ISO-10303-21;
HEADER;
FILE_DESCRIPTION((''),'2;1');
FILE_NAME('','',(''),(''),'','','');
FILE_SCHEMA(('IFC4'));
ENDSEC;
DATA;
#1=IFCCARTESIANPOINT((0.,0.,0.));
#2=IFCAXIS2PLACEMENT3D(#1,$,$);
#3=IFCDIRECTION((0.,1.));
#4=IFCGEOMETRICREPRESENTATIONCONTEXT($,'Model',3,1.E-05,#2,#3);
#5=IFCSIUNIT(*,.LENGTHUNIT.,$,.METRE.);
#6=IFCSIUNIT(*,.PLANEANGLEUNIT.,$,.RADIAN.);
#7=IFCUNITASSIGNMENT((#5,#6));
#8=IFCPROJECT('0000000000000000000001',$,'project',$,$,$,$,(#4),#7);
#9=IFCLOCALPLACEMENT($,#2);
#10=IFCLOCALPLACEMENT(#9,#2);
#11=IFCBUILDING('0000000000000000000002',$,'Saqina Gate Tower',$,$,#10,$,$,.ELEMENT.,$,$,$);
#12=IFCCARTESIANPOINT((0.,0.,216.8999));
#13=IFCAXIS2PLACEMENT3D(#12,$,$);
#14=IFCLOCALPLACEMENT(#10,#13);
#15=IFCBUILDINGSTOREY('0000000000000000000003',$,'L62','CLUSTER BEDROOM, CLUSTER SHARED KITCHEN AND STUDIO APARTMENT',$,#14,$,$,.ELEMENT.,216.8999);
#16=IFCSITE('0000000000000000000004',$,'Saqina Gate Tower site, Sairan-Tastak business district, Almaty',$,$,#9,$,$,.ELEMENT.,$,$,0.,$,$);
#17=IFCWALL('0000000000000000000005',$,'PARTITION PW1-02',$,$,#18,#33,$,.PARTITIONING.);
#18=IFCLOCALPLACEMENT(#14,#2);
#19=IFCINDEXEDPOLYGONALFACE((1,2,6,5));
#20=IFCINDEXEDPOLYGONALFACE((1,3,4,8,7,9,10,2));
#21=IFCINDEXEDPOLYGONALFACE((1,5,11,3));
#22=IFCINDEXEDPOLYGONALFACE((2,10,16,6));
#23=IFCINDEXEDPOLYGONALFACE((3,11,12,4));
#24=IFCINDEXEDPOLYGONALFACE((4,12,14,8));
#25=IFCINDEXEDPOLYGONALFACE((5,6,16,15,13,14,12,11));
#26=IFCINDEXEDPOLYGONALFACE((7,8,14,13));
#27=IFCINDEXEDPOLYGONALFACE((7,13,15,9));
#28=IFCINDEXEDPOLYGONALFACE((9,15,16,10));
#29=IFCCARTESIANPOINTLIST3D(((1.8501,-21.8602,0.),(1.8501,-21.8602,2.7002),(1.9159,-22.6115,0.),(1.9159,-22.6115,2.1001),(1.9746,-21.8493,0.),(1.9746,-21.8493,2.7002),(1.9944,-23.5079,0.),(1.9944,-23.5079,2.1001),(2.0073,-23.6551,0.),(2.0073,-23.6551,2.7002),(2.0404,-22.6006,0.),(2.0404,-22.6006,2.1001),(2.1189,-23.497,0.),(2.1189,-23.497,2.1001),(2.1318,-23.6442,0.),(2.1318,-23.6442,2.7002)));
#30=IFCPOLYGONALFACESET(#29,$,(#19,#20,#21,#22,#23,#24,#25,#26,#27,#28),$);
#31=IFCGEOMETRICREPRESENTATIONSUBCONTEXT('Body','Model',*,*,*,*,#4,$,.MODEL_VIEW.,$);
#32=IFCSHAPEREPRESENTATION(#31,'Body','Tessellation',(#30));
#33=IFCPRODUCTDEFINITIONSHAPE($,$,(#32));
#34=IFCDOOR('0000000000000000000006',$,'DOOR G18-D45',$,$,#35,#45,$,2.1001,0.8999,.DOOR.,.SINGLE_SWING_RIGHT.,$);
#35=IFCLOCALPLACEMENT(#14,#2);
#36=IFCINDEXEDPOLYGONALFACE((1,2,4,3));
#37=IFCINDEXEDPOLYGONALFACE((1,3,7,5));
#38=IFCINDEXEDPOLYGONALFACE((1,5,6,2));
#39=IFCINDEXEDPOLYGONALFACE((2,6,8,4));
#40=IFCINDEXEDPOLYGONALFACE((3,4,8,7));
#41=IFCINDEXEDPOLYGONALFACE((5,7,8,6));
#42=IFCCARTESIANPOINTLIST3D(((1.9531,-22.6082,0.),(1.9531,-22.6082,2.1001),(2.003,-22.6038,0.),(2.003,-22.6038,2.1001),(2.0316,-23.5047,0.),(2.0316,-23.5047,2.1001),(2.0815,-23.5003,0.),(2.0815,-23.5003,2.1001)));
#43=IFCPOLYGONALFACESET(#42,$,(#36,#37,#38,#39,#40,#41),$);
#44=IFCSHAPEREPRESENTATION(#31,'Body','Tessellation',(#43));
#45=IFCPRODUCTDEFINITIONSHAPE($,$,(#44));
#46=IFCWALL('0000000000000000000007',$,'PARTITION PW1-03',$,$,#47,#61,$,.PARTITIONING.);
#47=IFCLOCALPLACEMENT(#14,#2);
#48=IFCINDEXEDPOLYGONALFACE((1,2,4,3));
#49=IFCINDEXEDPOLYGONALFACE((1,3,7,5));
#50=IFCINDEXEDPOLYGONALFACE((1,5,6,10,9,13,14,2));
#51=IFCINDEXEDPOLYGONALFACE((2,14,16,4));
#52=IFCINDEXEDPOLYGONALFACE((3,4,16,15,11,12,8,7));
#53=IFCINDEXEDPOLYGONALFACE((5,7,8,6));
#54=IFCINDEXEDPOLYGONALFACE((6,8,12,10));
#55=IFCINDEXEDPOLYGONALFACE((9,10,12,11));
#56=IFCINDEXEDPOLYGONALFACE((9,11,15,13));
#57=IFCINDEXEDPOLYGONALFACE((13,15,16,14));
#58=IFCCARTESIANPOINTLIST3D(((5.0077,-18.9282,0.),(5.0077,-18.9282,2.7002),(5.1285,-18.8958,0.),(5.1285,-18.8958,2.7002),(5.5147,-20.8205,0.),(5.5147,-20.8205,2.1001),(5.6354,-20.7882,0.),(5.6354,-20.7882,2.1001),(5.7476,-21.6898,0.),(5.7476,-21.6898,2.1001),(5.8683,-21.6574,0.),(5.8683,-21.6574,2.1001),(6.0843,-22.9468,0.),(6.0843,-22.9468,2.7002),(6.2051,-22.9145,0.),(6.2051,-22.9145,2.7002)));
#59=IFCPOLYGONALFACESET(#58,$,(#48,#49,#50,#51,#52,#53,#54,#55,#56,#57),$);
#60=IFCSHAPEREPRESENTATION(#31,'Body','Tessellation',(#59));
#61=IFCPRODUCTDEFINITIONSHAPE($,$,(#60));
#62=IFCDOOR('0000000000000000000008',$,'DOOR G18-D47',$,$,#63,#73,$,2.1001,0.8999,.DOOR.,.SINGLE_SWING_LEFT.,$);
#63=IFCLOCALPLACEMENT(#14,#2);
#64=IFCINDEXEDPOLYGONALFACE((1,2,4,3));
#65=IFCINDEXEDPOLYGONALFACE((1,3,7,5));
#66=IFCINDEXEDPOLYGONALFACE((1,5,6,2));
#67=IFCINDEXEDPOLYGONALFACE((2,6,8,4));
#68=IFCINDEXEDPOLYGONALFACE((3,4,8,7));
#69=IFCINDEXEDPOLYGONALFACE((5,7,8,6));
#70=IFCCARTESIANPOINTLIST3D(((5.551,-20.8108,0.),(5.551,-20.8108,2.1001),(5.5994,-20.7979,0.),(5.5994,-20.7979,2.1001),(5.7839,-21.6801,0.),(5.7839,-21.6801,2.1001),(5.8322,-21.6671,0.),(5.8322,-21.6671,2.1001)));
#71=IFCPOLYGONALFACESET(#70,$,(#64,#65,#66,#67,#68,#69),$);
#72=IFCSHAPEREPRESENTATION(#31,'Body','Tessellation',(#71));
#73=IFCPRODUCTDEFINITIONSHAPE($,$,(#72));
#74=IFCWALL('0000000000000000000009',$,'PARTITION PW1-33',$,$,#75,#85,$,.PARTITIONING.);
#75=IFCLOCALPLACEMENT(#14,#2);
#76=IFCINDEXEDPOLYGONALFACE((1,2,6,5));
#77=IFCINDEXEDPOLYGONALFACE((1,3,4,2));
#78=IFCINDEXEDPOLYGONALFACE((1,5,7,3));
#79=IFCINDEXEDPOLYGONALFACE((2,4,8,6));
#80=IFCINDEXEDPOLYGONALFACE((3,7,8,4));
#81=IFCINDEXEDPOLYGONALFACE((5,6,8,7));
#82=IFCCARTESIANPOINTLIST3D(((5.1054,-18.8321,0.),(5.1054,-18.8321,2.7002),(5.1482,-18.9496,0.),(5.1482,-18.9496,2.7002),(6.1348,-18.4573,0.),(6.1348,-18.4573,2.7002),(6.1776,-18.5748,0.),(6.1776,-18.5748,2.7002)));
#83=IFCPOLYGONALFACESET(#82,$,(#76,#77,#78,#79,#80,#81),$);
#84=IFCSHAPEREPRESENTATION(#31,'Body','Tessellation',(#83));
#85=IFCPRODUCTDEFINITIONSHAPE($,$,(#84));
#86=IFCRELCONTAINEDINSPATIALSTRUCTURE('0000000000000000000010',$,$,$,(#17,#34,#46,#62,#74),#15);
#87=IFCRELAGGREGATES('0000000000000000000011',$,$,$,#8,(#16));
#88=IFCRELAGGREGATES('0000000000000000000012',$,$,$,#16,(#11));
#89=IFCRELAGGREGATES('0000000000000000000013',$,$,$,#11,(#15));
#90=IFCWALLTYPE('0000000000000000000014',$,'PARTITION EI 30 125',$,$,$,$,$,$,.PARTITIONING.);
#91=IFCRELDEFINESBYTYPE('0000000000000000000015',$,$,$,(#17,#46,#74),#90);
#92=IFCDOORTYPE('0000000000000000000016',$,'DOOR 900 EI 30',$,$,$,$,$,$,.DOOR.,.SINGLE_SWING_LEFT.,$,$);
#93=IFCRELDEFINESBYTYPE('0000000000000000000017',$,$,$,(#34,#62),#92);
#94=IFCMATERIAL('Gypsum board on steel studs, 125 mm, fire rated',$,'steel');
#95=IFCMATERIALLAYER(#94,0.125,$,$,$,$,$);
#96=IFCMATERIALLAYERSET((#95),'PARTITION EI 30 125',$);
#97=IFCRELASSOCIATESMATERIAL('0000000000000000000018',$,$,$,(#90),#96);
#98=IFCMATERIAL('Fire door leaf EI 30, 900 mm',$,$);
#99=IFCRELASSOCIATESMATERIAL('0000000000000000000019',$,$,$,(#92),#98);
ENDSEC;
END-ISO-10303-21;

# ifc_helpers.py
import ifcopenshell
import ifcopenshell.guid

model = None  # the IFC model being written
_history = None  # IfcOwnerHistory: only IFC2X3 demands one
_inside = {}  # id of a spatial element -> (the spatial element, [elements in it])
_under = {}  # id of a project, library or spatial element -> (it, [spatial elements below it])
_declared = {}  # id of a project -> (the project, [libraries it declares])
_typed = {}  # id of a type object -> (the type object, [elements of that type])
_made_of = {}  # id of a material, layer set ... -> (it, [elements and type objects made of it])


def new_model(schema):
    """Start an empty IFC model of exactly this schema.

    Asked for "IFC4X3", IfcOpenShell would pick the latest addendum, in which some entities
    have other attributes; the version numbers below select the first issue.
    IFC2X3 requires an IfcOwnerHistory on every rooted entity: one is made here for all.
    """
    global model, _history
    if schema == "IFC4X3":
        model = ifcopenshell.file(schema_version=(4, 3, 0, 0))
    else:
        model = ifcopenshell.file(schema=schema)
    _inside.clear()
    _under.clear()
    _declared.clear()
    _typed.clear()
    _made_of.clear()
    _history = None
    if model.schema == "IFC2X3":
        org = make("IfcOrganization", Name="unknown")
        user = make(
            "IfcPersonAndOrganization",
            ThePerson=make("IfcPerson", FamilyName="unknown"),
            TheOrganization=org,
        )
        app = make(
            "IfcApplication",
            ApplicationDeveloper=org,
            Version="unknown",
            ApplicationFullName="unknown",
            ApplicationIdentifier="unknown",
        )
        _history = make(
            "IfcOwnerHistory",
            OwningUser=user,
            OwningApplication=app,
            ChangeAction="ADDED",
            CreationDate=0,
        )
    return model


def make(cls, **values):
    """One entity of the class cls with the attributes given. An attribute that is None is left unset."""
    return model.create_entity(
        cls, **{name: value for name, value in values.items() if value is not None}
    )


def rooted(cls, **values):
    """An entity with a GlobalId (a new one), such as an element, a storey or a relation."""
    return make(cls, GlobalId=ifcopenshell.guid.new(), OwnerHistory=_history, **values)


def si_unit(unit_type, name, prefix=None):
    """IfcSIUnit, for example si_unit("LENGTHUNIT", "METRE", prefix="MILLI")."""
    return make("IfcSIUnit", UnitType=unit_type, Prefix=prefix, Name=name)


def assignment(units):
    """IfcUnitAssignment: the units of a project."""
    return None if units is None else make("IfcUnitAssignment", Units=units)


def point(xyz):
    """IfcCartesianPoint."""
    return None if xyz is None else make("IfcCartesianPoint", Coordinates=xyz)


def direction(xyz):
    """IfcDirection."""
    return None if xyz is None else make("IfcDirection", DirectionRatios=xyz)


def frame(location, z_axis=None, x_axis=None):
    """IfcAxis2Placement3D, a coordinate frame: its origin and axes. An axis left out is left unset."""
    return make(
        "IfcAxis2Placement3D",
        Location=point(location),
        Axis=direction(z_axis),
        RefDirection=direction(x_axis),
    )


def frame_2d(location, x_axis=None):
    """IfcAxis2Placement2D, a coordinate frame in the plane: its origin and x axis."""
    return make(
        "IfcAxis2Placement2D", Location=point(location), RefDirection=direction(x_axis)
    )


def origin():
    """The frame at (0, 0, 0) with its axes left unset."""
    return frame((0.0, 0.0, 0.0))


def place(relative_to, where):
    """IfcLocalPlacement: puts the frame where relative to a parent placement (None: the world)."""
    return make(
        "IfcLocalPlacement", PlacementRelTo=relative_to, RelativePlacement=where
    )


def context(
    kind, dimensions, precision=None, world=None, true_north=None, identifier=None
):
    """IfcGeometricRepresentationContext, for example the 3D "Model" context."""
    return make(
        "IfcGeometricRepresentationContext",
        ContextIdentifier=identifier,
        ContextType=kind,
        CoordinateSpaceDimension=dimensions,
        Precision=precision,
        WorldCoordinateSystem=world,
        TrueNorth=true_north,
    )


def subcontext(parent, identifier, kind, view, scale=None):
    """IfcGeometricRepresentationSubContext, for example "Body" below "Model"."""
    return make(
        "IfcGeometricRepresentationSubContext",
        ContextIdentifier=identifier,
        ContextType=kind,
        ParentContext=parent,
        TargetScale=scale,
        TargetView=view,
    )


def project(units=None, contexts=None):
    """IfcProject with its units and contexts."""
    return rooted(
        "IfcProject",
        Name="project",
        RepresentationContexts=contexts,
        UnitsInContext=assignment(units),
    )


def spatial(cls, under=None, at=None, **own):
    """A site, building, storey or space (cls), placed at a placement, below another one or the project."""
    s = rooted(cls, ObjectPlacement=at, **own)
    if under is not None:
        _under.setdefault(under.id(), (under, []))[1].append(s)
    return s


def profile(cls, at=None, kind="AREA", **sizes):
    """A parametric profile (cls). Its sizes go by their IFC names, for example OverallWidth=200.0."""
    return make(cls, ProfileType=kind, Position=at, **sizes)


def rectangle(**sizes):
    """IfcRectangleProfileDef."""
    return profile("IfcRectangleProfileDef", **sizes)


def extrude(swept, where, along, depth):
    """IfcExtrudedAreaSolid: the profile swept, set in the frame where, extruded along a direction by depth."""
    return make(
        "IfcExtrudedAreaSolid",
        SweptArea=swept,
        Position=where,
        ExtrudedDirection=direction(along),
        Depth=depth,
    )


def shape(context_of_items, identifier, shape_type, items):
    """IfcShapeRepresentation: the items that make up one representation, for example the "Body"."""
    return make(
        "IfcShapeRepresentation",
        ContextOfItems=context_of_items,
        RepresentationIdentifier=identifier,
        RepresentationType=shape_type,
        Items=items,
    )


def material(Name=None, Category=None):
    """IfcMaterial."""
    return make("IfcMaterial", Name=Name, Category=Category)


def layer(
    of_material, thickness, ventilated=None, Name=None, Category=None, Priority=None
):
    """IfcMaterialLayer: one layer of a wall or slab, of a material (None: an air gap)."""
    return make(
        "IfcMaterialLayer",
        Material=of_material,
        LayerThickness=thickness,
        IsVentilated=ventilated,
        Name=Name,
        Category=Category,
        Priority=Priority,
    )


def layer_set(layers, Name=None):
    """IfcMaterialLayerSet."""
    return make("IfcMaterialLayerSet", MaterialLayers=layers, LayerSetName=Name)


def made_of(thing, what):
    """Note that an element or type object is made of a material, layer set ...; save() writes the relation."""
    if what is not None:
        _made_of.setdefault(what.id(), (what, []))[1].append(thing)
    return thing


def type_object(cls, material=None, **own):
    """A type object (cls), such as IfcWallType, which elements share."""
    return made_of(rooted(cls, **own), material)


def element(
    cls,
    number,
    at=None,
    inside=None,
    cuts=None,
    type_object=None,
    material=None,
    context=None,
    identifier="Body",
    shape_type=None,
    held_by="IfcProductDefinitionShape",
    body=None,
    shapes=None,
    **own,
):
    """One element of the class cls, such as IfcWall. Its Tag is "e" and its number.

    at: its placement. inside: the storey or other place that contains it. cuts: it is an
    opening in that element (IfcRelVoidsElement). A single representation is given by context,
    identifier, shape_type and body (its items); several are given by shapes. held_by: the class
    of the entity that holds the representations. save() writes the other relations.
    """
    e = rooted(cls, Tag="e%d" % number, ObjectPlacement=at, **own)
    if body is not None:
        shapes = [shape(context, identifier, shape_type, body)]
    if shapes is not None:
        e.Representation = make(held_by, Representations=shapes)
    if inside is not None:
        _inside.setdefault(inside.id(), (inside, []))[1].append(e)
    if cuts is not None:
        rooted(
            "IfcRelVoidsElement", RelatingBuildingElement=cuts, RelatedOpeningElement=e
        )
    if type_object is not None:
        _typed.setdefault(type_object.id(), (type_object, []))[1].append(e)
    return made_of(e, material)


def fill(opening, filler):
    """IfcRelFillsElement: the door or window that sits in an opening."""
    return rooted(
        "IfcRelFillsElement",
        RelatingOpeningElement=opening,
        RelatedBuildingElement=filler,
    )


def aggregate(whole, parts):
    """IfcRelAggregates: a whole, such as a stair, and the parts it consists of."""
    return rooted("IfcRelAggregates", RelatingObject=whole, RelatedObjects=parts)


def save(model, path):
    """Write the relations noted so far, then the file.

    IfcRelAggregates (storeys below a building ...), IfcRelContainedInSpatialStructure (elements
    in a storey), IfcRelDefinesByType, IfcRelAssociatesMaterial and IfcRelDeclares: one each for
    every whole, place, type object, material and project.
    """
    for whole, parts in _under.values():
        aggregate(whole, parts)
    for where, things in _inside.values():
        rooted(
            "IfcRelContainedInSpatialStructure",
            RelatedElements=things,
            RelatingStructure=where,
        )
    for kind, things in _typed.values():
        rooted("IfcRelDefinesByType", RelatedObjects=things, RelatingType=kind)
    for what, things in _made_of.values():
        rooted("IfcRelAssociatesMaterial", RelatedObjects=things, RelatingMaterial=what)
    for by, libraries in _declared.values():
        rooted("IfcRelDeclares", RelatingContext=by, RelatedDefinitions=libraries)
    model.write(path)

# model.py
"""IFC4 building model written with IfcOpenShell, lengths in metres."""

from ifc_helpers import new_model, si_unit, direction, frame, frame_2d, origin, place, context, subcontext, project, spatial, rectangle, extrude, material, layer, layer_set, type_object, element, fill, save


model = new_model("IFC4")

# Units and contexts
model_context = context("Model", 3, precision=1e-05, world=origin(), true_north=direction((0.0, 1.0)))
body_context = subcontext(model_context, "Body", "Model", "MODEL_VIEW")
ifc_project = project(units=[si_unit("LENGTHUNIT", "METRE"), si_unit("PLANEANGLEUNIT", "RADIAN")], contexts=[model_context])

# Site, building, storey
site_placement = place(None, origin())
site = spatial("IfcSite", under=ifc_project, at=site_placement, Name="Saqina Gate Tower site, Sairan-Tastak business district, Almaty", CompositionType="ELEMENT", RefElevation=0.0)
building_placement = place(site_placement, origin())
building = spatial("IfcBuilding", under=site, at=building_placement, Name="Saqina Gate Tower", CompositionType="ELEMENT")
storey_placement = place(building_placement, frame((0.0, 0.0, 216.8999)))
storey = spatial("IfcBuildingStorey", under=building, at=storey_placement, Name="L62", Description="CLUSTER BEDROOM, CLUSTER SHARED KITCHEN AND STUDIO APARTMENT", CompositionType="ELEMENT", Elevation=216.8999)

# Walls, openings, doors
ifc_material_1 = material(Name="Gypsum board on steel studs, 125 mm, fire rated", Category="steel")
ifc_layer_1 = layer(ifc_material_1, 0.125)
ifc_layer_set_1 = layer_set([ifc_layer_1], Name="PARTITION EI 30 125")
wall_type_1 = type_object("IfcWallType", Name="PARTITION EI 30 125", PredefinedType="PARTITIONING", material=ifc_layer_set_1)
wall_1_placement = place(storey_placement, frame((1.9124, -21.8547, 0.0), z_axis=(0.0, 0.0, 1.0), x_axis=(0.087261, -0.996185, 0.0)))
wall_1 = element("IfcWall", 1, at=wall_1_placement, inside=storey, type_object=wall_type_1, Name="PARTITION PW1-02", PredefinedType="PARTITIONING", context=body_context, shape_type="SweptSolid", body=[
    extrude(rectangle(XDim=1.8018, YDim=0.125, at=frame_2d((0.9009, 0.0))), origin(), (0.0, 0.0, 1.0), 2.7002),
])
opening_1_placement = place(wall_1_placement, frame((0.7542, 0.0, 0.0)))
opening_1 = element("IfcOpeningElement", 2, at=opening_1_placement, cuts=wall_1, PredefinedType="OPENING", context=body_context, shape_type="SweptSolid", body=[
    extrude(rectangle(XDim=0.8999, YDim=2.1001, at=frame_2d((0.45, 1.05))), frame((0.0, 0.0745, 0.0), z_axis=(0.0, -1.0, 0.0), x_axis=(1.0, 0.0, 0.0)), (0.0, 0.0, 1.0), 0.1489),
])
ifc_material_2 = material(Name="Fire door leaf EI 30, 900 mm")
door_type_1 = type_object("IfcDoorType", Name="DOOR 900 EI 30", OperationType="SINGLE_SWING_LEFT", PredefinedType="DOOR", material=ifc_material_2)
door_1_placement = place(opening_1_placement, origin())
door_1 = element("IfcDoor", 3, at=door_1_placement, inside=storey, type_object=door_type_1, Name="DOOR G18-D45", OperationType="SINGLE_SWING_RIGHT", OverallHeight=2.1001, OverallWidth=0.8999, PredefinedType="DOOR", context=body_context, shape_type="SweptSolid", body=[
    extrude(rectangle(XDim=0.8999, YDim=2.1001, at=frame_2d((0.45, 1.05))), frame((0.0, 0.0249, 0.0), z_axis=(0.0, -1.0, 0.0), x_axis=(1.0, 0.0, 0.0)), (0.0, 0.0, 1.0), 0.05),
])
fill(opening_1, door_1)
wall_2_placement = place(storey_placement, frame((5.0681, -18.9121, 0.0), z_axis=(0.0, 0.0, 1.0), x_axis=(0.25878, -0.965936, 0.0)))
wall_2 = element("IfcWall", 4, at=wall_2_placement, inside=storey, type_object=wall_type_1, Name="PARTITION PW1-03", PredefinedType="PARTITIONING", context=body_context, shape_type="SweptSolid", body=[
    extrude(rectangle(XDim=4.1604, YDim=0.125, at=frame_2d((2.0801, 0.0))), origin(), (0.0, 0.0, 1.0), 2.7002),
])
opening_2_placement = place(wall_2_placement, frame((1.959, 0.0, 0.0)))
opening_2 = element("IfcOpeningElement", 5, at=opening_2_placement, cuts=wall_2, PredefinedType="OPENING", context=body_context, shape_type="SweptSolid", body=[
    extrude(rectangle(XDim=0.8999, YDim=2.1001, at=frame_2d((0.45, 1.05))), frame((0.0, 0.0745, 0.0), z_axis=(0.0, -1.0, 0.0), x_axis=(1.0, 0.0, 0.0)), (0.0, 0.0, 1.0), 0.1489),
])
door_2_placement = place(opening_2_placement, frame((0.8999, 0.0, 0.0), z_axis=(0.0, 0.0, 1.0), x_axis=(-1.0, 0.0, 0.0)))
door_2 = element("IfcDoor", 6, at=door_2_placement, inside=storey, type_object=door_type_1, Name="DOOR G18-D47", OperationType="SINGLE_SWING_LEFT", OverallHeight=2.1001, OverallWidth=0.8999, PredefinedType="DOOR", context=body_context, shape_type="SweptSolid", body=[
    extrude(rectangle(XDim=0.8999, YDim=2.1001, at=frame_2d((0.45, 1.05))), frame((0.0, 0.0249, 0.0), z_axis=(0.0, -1.0, 0.0), x_axis=(1.0, 0.0, 0.0)), (0.0, 0.0, 1.0), 0.05),
])
fill(opening_2, door_2)

# Wall
wall_3_placement = place(storey_placement, frame((5.1267, -18.8909, 0.0), z_axis=(0.0, 0.0, 1.0), x_axis=(0.939657, 0.342119, 0.0)))
element("IfcWall", 7, at=wall_3_placement, inside=storey, type_object=wall_type_1, Name="PARTITION PW1-33", PredefinedType="PARTITIONING", context=body_context, shape_type="SweptSolid", body=[
    extrude(rectangle(XDim=1.0955, YDim=0.125, at=frame_2d((0.5479, 0.0))), origin(), (0.0, 0.0, 1.0), 2.7002),
])

save(model, "model.ifc")
